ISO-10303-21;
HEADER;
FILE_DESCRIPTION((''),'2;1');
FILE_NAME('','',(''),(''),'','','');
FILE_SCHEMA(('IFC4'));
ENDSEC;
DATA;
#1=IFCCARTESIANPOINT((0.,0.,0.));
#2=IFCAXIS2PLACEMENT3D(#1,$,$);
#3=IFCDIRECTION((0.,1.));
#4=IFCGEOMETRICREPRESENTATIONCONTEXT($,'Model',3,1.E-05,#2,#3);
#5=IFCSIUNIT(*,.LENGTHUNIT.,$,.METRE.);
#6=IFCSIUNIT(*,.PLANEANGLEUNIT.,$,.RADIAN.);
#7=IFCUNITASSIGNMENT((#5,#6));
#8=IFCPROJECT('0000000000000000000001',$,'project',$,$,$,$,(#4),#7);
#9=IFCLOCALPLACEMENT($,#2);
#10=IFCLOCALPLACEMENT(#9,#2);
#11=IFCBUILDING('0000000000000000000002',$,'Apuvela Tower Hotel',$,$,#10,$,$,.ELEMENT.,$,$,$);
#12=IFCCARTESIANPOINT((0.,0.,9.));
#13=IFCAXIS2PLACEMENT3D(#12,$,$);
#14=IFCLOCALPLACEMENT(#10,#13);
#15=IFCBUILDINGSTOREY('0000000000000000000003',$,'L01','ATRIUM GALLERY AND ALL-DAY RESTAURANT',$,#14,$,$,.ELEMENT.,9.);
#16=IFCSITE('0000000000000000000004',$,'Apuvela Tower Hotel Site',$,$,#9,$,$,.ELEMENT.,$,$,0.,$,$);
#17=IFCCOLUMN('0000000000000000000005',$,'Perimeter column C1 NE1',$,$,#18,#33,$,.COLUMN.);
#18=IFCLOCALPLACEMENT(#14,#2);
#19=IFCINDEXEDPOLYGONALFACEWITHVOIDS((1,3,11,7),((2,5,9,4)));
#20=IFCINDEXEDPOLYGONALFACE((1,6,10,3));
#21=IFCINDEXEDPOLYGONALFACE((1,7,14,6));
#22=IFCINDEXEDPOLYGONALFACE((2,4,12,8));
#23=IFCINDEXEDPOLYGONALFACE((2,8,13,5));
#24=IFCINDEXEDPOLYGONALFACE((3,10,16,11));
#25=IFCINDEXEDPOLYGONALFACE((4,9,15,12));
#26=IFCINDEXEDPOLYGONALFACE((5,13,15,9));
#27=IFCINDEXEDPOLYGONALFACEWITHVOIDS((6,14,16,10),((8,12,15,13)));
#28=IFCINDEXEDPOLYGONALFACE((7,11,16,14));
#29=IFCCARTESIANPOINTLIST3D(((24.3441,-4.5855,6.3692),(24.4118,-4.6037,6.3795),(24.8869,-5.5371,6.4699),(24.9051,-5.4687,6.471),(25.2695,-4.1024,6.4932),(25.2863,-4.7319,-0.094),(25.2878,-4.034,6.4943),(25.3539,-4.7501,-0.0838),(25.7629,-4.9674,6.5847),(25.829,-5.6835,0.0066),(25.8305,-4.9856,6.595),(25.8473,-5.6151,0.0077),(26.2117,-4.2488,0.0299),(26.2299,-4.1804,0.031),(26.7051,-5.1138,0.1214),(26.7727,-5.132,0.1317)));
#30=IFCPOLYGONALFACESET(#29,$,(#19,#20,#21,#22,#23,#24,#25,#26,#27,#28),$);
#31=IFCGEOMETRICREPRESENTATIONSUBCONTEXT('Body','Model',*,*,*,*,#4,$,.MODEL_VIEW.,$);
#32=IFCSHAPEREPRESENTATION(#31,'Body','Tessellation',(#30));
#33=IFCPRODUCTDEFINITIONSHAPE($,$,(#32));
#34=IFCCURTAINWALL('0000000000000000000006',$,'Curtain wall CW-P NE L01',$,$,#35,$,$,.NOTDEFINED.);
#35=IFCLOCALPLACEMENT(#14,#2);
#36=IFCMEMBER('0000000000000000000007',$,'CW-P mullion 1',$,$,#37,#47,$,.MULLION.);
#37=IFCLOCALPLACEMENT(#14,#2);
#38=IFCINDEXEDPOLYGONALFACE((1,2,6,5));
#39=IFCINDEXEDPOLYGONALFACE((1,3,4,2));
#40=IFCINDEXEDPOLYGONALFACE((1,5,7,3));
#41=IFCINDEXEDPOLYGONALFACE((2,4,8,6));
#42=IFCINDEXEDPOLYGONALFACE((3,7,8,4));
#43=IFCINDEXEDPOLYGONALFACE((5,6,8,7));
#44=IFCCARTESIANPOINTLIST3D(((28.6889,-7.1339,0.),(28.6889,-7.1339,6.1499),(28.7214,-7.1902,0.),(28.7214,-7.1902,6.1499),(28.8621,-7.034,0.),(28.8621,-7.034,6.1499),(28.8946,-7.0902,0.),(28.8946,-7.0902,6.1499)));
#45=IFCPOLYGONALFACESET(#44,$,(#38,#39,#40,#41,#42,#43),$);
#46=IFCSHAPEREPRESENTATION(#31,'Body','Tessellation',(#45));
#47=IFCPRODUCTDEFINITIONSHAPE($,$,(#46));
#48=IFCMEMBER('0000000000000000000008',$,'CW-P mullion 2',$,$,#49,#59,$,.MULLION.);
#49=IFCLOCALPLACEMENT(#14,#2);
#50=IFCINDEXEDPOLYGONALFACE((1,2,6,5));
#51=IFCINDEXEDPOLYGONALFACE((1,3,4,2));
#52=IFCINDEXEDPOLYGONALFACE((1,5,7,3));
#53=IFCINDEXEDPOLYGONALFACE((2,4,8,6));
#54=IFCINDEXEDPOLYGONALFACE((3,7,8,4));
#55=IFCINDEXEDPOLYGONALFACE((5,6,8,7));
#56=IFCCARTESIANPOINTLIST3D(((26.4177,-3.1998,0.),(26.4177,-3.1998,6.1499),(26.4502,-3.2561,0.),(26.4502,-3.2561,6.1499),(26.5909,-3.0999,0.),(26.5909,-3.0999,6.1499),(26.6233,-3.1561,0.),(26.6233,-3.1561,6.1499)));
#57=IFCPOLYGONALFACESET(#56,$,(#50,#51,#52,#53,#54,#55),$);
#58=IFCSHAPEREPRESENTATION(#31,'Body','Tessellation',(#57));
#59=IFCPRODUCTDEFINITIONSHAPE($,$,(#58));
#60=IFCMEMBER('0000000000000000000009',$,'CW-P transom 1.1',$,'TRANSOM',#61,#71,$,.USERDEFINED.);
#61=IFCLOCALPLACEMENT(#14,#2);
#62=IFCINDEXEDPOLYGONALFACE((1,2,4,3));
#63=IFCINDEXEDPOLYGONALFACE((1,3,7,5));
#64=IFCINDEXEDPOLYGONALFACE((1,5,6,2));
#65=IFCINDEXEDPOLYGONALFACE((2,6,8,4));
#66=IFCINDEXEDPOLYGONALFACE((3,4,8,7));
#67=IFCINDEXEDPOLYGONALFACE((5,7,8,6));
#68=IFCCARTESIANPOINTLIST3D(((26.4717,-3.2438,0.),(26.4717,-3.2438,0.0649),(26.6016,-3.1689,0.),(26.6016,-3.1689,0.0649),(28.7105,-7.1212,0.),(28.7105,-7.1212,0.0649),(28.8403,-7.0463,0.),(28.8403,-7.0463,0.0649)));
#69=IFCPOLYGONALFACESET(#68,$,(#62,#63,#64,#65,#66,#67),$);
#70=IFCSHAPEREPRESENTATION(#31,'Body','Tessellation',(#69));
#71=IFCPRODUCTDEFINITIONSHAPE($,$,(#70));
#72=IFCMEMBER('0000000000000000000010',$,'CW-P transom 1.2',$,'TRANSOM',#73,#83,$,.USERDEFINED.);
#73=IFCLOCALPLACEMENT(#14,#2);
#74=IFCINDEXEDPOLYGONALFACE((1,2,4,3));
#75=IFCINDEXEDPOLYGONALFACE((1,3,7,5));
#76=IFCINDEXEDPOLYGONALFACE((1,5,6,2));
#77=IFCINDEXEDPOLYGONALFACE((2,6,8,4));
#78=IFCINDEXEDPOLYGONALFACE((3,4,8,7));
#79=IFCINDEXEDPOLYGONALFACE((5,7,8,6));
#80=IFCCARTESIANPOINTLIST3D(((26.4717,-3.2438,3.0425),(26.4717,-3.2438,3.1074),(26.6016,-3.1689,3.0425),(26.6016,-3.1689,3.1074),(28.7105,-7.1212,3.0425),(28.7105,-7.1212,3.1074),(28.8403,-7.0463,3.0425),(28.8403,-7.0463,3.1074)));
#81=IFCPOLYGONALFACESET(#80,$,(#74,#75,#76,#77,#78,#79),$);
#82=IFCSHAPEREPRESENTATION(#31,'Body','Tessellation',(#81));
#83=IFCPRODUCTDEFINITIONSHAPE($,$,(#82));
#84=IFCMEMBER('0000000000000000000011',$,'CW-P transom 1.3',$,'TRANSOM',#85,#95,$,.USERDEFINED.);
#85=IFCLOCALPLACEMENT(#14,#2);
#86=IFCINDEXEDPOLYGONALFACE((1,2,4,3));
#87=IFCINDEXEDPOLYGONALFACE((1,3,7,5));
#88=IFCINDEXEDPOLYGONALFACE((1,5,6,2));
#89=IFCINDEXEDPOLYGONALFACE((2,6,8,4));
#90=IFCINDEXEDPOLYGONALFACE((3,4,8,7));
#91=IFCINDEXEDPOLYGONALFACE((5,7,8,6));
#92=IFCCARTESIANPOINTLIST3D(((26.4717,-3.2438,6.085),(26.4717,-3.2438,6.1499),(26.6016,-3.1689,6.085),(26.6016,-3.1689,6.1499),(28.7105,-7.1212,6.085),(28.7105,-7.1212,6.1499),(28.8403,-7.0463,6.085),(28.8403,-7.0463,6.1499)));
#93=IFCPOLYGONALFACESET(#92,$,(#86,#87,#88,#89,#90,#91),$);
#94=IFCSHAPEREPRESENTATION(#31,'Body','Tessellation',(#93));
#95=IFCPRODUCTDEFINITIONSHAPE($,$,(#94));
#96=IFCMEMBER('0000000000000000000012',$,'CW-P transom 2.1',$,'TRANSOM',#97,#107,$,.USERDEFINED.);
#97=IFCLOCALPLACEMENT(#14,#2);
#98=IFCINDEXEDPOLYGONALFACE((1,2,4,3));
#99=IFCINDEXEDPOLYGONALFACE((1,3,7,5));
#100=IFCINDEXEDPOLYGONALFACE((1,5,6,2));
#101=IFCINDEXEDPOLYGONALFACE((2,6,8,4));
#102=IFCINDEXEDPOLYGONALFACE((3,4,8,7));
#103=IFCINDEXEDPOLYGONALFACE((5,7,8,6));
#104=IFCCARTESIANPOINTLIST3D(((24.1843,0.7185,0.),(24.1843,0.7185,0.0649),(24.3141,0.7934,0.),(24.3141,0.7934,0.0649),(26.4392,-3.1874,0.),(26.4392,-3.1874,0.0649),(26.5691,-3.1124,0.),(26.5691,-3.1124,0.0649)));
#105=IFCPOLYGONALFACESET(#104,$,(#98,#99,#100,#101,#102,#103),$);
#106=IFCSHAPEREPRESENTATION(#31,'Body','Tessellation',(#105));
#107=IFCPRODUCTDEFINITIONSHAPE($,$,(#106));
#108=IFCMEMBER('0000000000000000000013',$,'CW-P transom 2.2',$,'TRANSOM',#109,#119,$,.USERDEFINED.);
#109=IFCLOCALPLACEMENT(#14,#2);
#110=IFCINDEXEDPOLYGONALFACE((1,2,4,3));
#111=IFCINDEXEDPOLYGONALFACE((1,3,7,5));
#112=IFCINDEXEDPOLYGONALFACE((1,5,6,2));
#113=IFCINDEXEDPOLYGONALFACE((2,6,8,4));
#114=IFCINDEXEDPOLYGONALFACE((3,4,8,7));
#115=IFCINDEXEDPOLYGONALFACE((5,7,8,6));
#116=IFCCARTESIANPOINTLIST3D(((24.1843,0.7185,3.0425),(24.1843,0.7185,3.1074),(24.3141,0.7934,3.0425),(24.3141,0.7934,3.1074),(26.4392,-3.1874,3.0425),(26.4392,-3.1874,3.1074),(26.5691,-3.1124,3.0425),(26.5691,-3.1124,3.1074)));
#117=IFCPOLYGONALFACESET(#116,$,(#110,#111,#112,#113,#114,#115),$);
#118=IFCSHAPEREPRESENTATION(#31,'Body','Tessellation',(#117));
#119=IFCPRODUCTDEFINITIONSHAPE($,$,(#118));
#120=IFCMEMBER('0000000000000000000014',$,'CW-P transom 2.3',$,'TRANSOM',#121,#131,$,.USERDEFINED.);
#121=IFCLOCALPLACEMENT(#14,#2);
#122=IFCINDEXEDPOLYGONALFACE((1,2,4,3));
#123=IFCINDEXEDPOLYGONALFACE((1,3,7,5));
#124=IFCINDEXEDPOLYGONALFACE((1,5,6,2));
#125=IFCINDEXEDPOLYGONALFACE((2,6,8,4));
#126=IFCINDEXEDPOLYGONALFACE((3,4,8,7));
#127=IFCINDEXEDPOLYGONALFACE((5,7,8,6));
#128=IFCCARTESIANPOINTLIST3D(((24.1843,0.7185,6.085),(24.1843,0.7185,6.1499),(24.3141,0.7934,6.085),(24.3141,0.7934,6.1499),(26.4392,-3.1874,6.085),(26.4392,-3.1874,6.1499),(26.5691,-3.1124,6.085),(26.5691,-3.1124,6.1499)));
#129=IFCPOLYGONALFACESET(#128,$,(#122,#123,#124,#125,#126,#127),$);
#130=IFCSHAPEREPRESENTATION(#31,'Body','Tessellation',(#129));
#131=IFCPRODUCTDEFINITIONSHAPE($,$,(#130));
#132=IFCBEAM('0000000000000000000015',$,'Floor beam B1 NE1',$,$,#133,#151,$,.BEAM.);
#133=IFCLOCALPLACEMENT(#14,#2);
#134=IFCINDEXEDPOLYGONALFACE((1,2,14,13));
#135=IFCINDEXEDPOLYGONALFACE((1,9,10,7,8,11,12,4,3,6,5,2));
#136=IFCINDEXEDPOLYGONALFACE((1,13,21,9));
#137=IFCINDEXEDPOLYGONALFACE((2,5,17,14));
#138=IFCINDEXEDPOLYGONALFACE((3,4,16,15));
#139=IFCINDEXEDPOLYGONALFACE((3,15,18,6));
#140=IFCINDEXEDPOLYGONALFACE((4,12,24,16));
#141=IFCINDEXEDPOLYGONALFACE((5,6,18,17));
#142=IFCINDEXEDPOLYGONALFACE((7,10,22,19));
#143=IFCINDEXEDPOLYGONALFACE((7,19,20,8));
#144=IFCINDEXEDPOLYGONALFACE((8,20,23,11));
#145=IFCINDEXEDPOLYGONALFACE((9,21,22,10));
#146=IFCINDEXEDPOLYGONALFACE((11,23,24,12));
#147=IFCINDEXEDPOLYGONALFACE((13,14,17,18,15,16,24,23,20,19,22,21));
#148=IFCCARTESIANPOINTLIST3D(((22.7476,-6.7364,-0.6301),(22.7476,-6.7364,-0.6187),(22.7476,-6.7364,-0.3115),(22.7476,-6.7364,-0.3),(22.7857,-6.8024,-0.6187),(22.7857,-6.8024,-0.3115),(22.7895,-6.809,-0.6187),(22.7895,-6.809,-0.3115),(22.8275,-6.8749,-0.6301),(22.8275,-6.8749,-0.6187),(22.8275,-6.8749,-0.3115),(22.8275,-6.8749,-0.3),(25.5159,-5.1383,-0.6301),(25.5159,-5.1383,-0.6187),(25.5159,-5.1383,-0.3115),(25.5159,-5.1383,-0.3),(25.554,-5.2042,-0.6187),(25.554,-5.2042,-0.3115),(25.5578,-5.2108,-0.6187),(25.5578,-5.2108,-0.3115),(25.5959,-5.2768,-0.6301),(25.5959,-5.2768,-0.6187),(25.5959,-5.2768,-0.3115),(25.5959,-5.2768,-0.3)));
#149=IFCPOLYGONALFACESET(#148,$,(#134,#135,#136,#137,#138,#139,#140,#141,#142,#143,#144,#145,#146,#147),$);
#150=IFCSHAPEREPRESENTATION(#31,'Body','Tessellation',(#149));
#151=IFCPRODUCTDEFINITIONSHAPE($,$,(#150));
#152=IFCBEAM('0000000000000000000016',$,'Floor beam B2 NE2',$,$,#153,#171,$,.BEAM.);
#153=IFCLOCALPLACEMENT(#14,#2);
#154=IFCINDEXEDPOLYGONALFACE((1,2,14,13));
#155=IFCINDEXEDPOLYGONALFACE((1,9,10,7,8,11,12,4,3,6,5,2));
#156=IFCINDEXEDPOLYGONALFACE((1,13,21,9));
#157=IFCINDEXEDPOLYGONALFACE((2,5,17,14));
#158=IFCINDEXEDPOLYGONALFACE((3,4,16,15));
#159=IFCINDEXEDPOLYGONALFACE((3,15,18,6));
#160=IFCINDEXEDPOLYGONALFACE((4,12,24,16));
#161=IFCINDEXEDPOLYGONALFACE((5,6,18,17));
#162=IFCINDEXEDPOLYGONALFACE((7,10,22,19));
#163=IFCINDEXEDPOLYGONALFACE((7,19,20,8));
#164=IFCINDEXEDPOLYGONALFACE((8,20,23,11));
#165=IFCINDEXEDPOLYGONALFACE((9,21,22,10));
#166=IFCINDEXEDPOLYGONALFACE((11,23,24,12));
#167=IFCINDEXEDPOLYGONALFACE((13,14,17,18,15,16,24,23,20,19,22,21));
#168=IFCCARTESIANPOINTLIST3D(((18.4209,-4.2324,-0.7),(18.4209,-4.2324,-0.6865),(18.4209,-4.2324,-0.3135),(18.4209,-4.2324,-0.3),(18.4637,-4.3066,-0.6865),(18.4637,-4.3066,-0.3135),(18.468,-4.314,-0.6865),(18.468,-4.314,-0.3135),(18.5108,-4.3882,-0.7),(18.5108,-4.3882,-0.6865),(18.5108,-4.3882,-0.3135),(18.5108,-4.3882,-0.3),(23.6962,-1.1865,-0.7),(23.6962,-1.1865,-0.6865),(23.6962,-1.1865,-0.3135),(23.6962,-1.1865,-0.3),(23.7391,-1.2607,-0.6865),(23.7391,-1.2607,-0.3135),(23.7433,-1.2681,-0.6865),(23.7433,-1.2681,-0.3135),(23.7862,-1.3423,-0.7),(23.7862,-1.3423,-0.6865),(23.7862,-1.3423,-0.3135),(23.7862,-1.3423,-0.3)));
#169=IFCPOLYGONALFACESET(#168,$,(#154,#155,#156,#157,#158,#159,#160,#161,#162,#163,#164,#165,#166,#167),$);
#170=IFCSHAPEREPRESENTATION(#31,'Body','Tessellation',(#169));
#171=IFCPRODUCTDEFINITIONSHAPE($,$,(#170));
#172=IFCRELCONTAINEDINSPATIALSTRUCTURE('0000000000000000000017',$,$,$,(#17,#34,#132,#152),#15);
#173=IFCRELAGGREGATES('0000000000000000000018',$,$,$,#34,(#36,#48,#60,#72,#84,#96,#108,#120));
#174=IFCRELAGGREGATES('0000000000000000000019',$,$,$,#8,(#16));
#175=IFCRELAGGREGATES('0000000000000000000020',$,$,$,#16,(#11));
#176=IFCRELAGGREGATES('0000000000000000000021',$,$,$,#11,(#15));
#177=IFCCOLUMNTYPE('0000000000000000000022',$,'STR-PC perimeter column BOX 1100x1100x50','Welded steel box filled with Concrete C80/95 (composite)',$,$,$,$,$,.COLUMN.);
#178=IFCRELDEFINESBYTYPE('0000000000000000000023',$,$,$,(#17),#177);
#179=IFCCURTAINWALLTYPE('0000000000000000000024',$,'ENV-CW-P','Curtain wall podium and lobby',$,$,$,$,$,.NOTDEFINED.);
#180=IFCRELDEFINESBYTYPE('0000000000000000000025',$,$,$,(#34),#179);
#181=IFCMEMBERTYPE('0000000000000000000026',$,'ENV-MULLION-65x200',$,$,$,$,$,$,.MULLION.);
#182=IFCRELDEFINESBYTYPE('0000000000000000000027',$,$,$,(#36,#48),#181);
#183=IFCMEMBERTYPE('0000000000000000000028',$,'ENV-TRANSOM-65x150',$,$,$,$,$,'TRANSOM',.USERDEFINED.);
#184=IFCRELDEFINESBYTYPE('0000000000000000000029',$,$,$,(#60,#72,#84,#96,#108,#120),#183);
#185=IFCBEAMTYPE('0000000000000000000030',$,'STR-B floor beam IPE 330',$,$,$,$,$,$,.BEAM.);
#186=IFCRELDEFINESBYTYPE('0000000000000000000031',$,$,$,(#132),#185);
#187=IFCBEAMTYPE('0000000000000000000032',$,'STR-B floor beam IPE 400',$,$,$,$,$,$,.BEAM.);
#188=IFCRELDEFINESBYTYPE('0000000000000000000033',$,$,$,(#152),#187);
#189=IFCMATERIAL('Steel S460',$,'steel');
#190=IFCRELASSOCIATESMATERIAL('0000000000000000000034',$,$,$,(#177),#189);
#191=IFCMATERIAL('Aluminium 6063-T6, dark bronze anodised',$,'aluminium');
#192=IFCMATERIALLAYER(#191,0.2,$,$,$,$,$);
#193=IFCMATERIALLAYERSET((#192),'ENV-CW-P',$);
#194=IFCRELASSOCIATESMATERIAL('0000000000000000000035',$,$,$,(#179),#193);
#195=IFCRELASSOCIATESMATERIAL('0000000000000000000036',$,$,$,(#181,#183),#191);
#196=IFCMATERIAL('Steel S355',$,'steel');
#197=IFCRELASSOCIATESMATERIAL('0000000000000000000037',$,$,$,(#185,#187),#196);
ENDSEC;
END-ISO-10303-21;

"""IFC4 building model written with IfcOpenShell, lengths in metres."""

from ifc_helpers import new_model, si_unit, direction, frame, origin, origin_2d, place, context, subcontext, project, spatial, rectangle, hollow_rectangle, i_section, extrude, boolean, halfspace, material, layer, layer_set, material_profile, profile_set, type_object, element, aggregate, save


model = new_model("IFC4")

# Units and contexts
model_context = context("Model", 3, precision=1e-05, world=origin(), true_north=direction((0.0, 1.0)))
body_context = subcontext(model_context, "Body", "Model", "MODEL_VIEW")
ifc_project = project(units=[si_unit("LENGTHUNIT", "METRE"), si_unit("PLANEANGLEUNIT", "RADIAN")], contexts=[model_context])

# Site, building, storey
site_placement = place(None, origin())
site = spatial("IfcSite", under=ifc_project, at=site_placement, Name="Apuvela Tower Hotel Site", CompositionType="ELEMENT", RefElevation=0.0)
building_placement = place(site_placement, origin())
building = spatial("IfcBuilding", under=site, at=building_placement, Name="Apuvela Tower Hotel", CompositionType="ELEMENT")
storey_placement = place(building_placement, frame((0.0, 0.0, 9.0)))
storey = spatial("IfcBuildingStorey", under=building, at=storey_placement, Name="L01", Description="ATRIUM GALLERY AND ALL-DAY RESTAURANT", CompositionType="ELEMENT", Elevation=9.0)

# Column
ifc_material_1 = material(Name="Steel S460", Category="steel")
ifc_material_profile_1 = material_profile(ifc_material_1, hollow_rectangle(XDim=1.1001, YDim=1.1001, WallThickness=0.05, at=origin_2d()), Name="BOX 1100x1100x50")
ifc_material_2 = material(Name="Concrete C80/95", Category="concrete")
ifc_material_profile_2 = material_profile(ifc_material_2, rectangle(XDim=1.0, YDim=1.0, at=origin_2d()), Name="Concrete C80/95 infill")
ifc_profile_set_1 = profile_set([ifc_material_profile_1, ifc_material_profile_2], Name="Steel S460")
column_type = type_object("IfcColumnType", Name="STR-PC perimeter column BOX 1100x1100x50", Description="Welded steel box filled with Concrete C80/95 (composite)", PredefinedType="COLUMN", material=ifc_profile_set_1)
column_placement = place(storey_placement, frame((26.0322, -4.9324, 0.0), z_axis=(-0.14421, 0.022406, 0.989293), x_axis=(0.493358, -0.865, 0.091508)))
element("IfcColumn", 1, at=column_placement, inside=storey, type_object=column_type, Name="Perimeter column C1 NE1", PredefinedType="COLUMN", context=body_context, shape_type="SweptSolid", body=[
    boolean("DIFFERENCE", boolean("DIFFERENCE", extrude(hollow_rectangle(XDim=1.1001, YDim=1.1001, WallThickness=0.05, at=origin_2d()), origin(), (0.0, 0.0, 1.0), 6.5703), halfspace(frame((0.0, 0.0, 0.019), z_axis=(0.0, 0.0, 1.0), x_axis=(1.0, 0.0, 0.0)), True)), halfspace(frame((0.0, 0.0, 6.5522), z_axis=(0.0, 0.0, 1.0), x_axis=(1.0, 0.0, 0.0)), False)),
])

# Curtain wall, members
ifc_material_3 = material(Name="Aluminium 6063-T6, dark bronze anodised", Category="aluminium")
ifc_layer_1 = layer(ifc_material_3, 0.2)
ifc_layer_set_1 = layer_set([ifc_layer_1], Name="ENV-CW-P")
curtain_wall_type = type_object("IfcCurtainWallType", Name="ENV-CW-P", Description="Curtain wall podium and lobby", PredefinedType="NOTDEFINED", material=ifc_layer_set_1)
curtain_wall_placement = place(storey_placement, origin())
curtain_wall = element("IfcCurtainWall", 2, at=curtain_wall_placement, inside=storey, type_object=curtain_wall_type, Name="Curtain wall CW-P NE L01", PredefinedType="NOTDEFINED")
ifc_material_profile_3 = material_profile(ifc_material_3, rectangle(XDim=0.2, YDim=0.0649, at=origin_2d()), Name="AL 65x200")
ifc_profile_set_2 = profile_set([ifc_material_profile_3], Name="Aluminium 6063-T6, dark bronze anodised")
member_type_1 = type_object("IfcMemberType", Name="ENV-MULLION-65x200", PredefinedType="MULLION", material=ifc_profile_set_2)
member_1_placement = place(storey_placement, frame((28.7917, -7.1121, 0.0), z_axis=(0.0, 0.0, 1.0), x_axis=(-0.866025, -0.5, 0.0)))
member_1 = element("IfcMember", 3, at=member_1_placement, type_object=member_type_1, Name="CW-P mullion 1", PredefinedType="MULLION", context=body_context, shape_type="SweptSolid", body=[
    extrude(rectangle(XDim=0.2, YDim=0.0649, at=origin_2d()), origin(), (0.0, 0.0, 1.0), 6.1499),
])
member_2_placement = place(storey_placement, frame((26.5205, -3.178, 0.0), z_axis=(0.0, 0.0, 1.0), x_axis=(-0.866025, -0.5, 0.0)))
member_2 = element("IfcMember", 4, at=member_2_placement, type_object=member_type_1, Name="CW-P mullion 2", PredefinedType="MULLION", context=body_context, shape_type="SweptSolid", body=[
    extrude(rectangle(XDim=0.2, YDim=0.0649, at=origin_2d()), origin(), (0.0, 0.0, 1.0), 6.1499),
])
ifc_material_profile_4 = material_profile(ifc_material_3, rectangle(XDim=0.1499, YDim=0.0649, at=origin_2d()), Name="AL 65x150 transom")
ifc_profile_set_3 = profile_set([ifc_material_profile_4], Name="Aluminium 6063-T6, dark bronze anodised")
member_type_2 = type_object("IfcMemberType", Name="ENV-TRANSOM-65x150", ElementType="TRANSOM", PredefinedType="USERDEFINED", material=ifc_profile_set_3)
member_3_placement = place(storey_placement, frame((28.7754, -7.0837, 0.0325), z_axis=(-0.500021, 0.866013, 0.0), x_axis=(-0.866013, -0.500021, 0.0)))
member_3 = element("IfcMember", 5, at=member_3_placement, type_object=member_type_2, Name="CW-P transom 1.1", ObjectType="TRANSOM", PredefinedType="USERDEFINED", context=body_context, shape_type="SweptSolid", body=[
    extrude(rectangle(XDim=0.1499, YDim=0.0649, at=origin_2d()), origin(), (0.0, 0.0, 1.0), 4.4773),
])
member_4_placement = place(storey_placement, frame((28.7754, -7.0837, 3.075), z_axis=(-0.500021, 0.866013, 0.0), x_axis=(-0.866013, -0.500021, 0.0)))
member_4 = element("IfcMember", 6, at=member_4_placement, type_object=member_type_2, Name="CW-P transom 1.2", ObjectType="TRANSOM", PredefinedType="USERDEFINED", context=body_context, shape_type="SweptSolid", body=[
    extrude(rectangle(XDim=0.1499, YDim=0.0649, at=origin_2d()), origin(), (0.0, 0.0, 1.0), 4.4773),
])
member_5_placement = place(storey_placement, frame((28.7754, -7.0837, 6.1174), z_axis=(-0.500021, 0.866013, 0.0), x_axis=(-0.866013, -0.500021, 0.0)))
member_5 = element("IfcMember", 7, at=member_5_placement, type_object=member_type_2, Name="CW-P transom 1.3", ObjectType="TRANSOM", PredefinedType="USERDEFINED", context=body_context, shape_type="SweptSolid", body=[
    extrude(rectangle(XDim=0.1499, YDim=0.0649, at=origin_2d()), origin(), (0.0, 0.0, 1.0), 4.4773),
])
member_6_placement = place(storey_placement, frame((26.5042, -3.1499, 0.0325), z_axis=(-0.499982, 0.866036, 0.0), x_axis=(-0.866036, -0.499982, 0.0)))
member_6 = element("IfcMember", 8, at=member_6_placement, type_object=member_type_2, Name="CW-P transom 2.1", ObjectType="TRANSOM", PredefinedType="USERDEFINED", context=body_context, shape_type="SweptSolid", body=[
    extrude(rectangle(XDim=0.1499, YDim=0.0649, at=origin_2d()), origin(), (0.0, 0.0, 1.0), 4.51),
])
member_7_placement = place(storey_placement, frame((26.5042, -3.1499, 3.075), z_axis=(-0.499982, 0.866036, 0.0), x_axis=(-0.866036, -0.499982, 0.0)))
member_7 = element("IfcMember", 9, at=member_7_placement, type_object=member_type_2, Name="CW-P transom 2.2", ObjectType="TRANSOM", PredefinedType="USERDEFINED", context=body_context, shape_type="SweptSolid", body=[
    extrude(rectangle(XDim=0.1499, YDim=0.0649, at=origin_2d()), origin(), (0.0, 0.0, 1.0), 4.51),
])
member_8_placement = place(storey_placement, frame((26.5042, -3.1499, 6.1174), z_axis=(-0.499982, 0.866036, 0.0), x_axis=(-0.866036, -0.499982, 0.0)))
member_8 = element("IfcMember", 10, at=member_8_placement, type_object=member_type_2, Name="CW-P transom 2.3", ObjectType="TRANSOM", PredefinedType="USERDEFINED", context=body_context, shape_type="SweptSolid", body=[
    extrude(rectangle(XDim=0.1499, YDim=0.0649, at=origin_2d()), origin(), (0.0, 0.0, 1.0), 4.51),
])

# Beams
ifc_material_4 = material(Name="Steel S355", Category="steel")
ifc_material_profile_5 = material_profile(ifc_material_4, i_section(OverallWidth=0.1599, OverallDepth=0.3301, WebThickness=0.0076, FlangeThickness=0.0115, at=origin_2d()), Name="IPE 330")
ifc_profile_set_4 = profile_set([ifc_material_profile_5], Name="Steel S355")
beam_type_1 = type_object("IfcBeamType", Name="STR-B floor beam IPE 330", PredefinedType="BEAM", material=ifc_profile_set_4)
beam_1_placement = place(storey_placement, frame((25.5559, -5.2075, -0.4651), z_axis=(-0.866044, -0.499967, 0.0), x_axis=(0.499967, -0.866044, 0.0)))
element("IfcBeam", 11, at=beam_1_placement, inside=storey, type_object=beam_type_1, Name="Floor beam B1 NE1", PredefinedType="BEAM", context=body_context, shape_type="SweptSolid", body=[
    extrude(i_section(OverallWidth=0.1599, OverallDepth=0.3301, WebThickness=0.0076, FlangeThickness=0.0115, at=origin_2d()), origin(), (0.0, 0.0, 1.0), 3.1965),
])
ifc_material_profile_6 = material_profile(ifc_material_4, i_section(OverallWidth=0.1799, OverallDepth=0.3999, WebThickness=0.0085, FlangeThickness=0.0134, at=origin_2d()), Name="IPE 400")
ifc_profile_set_5 = profile_set([ifc_material_profile_6], Name="Steel S355")
beam_type_2 = type_object("IfcBeamType", Name="STR-B floor beam IPE 400", PredefinedType="BEAM", material=ifc_profile_set_5)
beam_2_placement = place(storey_placement, frame((23.7412, -1.2644, -0.5), z_axis=(-0.866015, -0.500018, 0.0), x_axis=(0.500018, -0.866015, 0.0)))
element("IfcBeam", 12, at=beam_2_placement, inside=storey, type_object=beam_type_2, Name="Floor beam B2 NE2", PredefinedType="BEAM", context=body_context, shape_type="SweptSolid", body=[
    extrude(i_section(OverallWidth=0.1799, OverallDepth=0.3999, WebThickness=0.0085, FlangeThickness=0.0134, at=origin_2d()), origin(), (0.0, 0.0, 1.0), 6.0916),
])

aggregate(curtain_wall, [member_1, member_2, member_3, member_4, member_5, member_6, member_7, member_8])

save(model, "model.ifc")
